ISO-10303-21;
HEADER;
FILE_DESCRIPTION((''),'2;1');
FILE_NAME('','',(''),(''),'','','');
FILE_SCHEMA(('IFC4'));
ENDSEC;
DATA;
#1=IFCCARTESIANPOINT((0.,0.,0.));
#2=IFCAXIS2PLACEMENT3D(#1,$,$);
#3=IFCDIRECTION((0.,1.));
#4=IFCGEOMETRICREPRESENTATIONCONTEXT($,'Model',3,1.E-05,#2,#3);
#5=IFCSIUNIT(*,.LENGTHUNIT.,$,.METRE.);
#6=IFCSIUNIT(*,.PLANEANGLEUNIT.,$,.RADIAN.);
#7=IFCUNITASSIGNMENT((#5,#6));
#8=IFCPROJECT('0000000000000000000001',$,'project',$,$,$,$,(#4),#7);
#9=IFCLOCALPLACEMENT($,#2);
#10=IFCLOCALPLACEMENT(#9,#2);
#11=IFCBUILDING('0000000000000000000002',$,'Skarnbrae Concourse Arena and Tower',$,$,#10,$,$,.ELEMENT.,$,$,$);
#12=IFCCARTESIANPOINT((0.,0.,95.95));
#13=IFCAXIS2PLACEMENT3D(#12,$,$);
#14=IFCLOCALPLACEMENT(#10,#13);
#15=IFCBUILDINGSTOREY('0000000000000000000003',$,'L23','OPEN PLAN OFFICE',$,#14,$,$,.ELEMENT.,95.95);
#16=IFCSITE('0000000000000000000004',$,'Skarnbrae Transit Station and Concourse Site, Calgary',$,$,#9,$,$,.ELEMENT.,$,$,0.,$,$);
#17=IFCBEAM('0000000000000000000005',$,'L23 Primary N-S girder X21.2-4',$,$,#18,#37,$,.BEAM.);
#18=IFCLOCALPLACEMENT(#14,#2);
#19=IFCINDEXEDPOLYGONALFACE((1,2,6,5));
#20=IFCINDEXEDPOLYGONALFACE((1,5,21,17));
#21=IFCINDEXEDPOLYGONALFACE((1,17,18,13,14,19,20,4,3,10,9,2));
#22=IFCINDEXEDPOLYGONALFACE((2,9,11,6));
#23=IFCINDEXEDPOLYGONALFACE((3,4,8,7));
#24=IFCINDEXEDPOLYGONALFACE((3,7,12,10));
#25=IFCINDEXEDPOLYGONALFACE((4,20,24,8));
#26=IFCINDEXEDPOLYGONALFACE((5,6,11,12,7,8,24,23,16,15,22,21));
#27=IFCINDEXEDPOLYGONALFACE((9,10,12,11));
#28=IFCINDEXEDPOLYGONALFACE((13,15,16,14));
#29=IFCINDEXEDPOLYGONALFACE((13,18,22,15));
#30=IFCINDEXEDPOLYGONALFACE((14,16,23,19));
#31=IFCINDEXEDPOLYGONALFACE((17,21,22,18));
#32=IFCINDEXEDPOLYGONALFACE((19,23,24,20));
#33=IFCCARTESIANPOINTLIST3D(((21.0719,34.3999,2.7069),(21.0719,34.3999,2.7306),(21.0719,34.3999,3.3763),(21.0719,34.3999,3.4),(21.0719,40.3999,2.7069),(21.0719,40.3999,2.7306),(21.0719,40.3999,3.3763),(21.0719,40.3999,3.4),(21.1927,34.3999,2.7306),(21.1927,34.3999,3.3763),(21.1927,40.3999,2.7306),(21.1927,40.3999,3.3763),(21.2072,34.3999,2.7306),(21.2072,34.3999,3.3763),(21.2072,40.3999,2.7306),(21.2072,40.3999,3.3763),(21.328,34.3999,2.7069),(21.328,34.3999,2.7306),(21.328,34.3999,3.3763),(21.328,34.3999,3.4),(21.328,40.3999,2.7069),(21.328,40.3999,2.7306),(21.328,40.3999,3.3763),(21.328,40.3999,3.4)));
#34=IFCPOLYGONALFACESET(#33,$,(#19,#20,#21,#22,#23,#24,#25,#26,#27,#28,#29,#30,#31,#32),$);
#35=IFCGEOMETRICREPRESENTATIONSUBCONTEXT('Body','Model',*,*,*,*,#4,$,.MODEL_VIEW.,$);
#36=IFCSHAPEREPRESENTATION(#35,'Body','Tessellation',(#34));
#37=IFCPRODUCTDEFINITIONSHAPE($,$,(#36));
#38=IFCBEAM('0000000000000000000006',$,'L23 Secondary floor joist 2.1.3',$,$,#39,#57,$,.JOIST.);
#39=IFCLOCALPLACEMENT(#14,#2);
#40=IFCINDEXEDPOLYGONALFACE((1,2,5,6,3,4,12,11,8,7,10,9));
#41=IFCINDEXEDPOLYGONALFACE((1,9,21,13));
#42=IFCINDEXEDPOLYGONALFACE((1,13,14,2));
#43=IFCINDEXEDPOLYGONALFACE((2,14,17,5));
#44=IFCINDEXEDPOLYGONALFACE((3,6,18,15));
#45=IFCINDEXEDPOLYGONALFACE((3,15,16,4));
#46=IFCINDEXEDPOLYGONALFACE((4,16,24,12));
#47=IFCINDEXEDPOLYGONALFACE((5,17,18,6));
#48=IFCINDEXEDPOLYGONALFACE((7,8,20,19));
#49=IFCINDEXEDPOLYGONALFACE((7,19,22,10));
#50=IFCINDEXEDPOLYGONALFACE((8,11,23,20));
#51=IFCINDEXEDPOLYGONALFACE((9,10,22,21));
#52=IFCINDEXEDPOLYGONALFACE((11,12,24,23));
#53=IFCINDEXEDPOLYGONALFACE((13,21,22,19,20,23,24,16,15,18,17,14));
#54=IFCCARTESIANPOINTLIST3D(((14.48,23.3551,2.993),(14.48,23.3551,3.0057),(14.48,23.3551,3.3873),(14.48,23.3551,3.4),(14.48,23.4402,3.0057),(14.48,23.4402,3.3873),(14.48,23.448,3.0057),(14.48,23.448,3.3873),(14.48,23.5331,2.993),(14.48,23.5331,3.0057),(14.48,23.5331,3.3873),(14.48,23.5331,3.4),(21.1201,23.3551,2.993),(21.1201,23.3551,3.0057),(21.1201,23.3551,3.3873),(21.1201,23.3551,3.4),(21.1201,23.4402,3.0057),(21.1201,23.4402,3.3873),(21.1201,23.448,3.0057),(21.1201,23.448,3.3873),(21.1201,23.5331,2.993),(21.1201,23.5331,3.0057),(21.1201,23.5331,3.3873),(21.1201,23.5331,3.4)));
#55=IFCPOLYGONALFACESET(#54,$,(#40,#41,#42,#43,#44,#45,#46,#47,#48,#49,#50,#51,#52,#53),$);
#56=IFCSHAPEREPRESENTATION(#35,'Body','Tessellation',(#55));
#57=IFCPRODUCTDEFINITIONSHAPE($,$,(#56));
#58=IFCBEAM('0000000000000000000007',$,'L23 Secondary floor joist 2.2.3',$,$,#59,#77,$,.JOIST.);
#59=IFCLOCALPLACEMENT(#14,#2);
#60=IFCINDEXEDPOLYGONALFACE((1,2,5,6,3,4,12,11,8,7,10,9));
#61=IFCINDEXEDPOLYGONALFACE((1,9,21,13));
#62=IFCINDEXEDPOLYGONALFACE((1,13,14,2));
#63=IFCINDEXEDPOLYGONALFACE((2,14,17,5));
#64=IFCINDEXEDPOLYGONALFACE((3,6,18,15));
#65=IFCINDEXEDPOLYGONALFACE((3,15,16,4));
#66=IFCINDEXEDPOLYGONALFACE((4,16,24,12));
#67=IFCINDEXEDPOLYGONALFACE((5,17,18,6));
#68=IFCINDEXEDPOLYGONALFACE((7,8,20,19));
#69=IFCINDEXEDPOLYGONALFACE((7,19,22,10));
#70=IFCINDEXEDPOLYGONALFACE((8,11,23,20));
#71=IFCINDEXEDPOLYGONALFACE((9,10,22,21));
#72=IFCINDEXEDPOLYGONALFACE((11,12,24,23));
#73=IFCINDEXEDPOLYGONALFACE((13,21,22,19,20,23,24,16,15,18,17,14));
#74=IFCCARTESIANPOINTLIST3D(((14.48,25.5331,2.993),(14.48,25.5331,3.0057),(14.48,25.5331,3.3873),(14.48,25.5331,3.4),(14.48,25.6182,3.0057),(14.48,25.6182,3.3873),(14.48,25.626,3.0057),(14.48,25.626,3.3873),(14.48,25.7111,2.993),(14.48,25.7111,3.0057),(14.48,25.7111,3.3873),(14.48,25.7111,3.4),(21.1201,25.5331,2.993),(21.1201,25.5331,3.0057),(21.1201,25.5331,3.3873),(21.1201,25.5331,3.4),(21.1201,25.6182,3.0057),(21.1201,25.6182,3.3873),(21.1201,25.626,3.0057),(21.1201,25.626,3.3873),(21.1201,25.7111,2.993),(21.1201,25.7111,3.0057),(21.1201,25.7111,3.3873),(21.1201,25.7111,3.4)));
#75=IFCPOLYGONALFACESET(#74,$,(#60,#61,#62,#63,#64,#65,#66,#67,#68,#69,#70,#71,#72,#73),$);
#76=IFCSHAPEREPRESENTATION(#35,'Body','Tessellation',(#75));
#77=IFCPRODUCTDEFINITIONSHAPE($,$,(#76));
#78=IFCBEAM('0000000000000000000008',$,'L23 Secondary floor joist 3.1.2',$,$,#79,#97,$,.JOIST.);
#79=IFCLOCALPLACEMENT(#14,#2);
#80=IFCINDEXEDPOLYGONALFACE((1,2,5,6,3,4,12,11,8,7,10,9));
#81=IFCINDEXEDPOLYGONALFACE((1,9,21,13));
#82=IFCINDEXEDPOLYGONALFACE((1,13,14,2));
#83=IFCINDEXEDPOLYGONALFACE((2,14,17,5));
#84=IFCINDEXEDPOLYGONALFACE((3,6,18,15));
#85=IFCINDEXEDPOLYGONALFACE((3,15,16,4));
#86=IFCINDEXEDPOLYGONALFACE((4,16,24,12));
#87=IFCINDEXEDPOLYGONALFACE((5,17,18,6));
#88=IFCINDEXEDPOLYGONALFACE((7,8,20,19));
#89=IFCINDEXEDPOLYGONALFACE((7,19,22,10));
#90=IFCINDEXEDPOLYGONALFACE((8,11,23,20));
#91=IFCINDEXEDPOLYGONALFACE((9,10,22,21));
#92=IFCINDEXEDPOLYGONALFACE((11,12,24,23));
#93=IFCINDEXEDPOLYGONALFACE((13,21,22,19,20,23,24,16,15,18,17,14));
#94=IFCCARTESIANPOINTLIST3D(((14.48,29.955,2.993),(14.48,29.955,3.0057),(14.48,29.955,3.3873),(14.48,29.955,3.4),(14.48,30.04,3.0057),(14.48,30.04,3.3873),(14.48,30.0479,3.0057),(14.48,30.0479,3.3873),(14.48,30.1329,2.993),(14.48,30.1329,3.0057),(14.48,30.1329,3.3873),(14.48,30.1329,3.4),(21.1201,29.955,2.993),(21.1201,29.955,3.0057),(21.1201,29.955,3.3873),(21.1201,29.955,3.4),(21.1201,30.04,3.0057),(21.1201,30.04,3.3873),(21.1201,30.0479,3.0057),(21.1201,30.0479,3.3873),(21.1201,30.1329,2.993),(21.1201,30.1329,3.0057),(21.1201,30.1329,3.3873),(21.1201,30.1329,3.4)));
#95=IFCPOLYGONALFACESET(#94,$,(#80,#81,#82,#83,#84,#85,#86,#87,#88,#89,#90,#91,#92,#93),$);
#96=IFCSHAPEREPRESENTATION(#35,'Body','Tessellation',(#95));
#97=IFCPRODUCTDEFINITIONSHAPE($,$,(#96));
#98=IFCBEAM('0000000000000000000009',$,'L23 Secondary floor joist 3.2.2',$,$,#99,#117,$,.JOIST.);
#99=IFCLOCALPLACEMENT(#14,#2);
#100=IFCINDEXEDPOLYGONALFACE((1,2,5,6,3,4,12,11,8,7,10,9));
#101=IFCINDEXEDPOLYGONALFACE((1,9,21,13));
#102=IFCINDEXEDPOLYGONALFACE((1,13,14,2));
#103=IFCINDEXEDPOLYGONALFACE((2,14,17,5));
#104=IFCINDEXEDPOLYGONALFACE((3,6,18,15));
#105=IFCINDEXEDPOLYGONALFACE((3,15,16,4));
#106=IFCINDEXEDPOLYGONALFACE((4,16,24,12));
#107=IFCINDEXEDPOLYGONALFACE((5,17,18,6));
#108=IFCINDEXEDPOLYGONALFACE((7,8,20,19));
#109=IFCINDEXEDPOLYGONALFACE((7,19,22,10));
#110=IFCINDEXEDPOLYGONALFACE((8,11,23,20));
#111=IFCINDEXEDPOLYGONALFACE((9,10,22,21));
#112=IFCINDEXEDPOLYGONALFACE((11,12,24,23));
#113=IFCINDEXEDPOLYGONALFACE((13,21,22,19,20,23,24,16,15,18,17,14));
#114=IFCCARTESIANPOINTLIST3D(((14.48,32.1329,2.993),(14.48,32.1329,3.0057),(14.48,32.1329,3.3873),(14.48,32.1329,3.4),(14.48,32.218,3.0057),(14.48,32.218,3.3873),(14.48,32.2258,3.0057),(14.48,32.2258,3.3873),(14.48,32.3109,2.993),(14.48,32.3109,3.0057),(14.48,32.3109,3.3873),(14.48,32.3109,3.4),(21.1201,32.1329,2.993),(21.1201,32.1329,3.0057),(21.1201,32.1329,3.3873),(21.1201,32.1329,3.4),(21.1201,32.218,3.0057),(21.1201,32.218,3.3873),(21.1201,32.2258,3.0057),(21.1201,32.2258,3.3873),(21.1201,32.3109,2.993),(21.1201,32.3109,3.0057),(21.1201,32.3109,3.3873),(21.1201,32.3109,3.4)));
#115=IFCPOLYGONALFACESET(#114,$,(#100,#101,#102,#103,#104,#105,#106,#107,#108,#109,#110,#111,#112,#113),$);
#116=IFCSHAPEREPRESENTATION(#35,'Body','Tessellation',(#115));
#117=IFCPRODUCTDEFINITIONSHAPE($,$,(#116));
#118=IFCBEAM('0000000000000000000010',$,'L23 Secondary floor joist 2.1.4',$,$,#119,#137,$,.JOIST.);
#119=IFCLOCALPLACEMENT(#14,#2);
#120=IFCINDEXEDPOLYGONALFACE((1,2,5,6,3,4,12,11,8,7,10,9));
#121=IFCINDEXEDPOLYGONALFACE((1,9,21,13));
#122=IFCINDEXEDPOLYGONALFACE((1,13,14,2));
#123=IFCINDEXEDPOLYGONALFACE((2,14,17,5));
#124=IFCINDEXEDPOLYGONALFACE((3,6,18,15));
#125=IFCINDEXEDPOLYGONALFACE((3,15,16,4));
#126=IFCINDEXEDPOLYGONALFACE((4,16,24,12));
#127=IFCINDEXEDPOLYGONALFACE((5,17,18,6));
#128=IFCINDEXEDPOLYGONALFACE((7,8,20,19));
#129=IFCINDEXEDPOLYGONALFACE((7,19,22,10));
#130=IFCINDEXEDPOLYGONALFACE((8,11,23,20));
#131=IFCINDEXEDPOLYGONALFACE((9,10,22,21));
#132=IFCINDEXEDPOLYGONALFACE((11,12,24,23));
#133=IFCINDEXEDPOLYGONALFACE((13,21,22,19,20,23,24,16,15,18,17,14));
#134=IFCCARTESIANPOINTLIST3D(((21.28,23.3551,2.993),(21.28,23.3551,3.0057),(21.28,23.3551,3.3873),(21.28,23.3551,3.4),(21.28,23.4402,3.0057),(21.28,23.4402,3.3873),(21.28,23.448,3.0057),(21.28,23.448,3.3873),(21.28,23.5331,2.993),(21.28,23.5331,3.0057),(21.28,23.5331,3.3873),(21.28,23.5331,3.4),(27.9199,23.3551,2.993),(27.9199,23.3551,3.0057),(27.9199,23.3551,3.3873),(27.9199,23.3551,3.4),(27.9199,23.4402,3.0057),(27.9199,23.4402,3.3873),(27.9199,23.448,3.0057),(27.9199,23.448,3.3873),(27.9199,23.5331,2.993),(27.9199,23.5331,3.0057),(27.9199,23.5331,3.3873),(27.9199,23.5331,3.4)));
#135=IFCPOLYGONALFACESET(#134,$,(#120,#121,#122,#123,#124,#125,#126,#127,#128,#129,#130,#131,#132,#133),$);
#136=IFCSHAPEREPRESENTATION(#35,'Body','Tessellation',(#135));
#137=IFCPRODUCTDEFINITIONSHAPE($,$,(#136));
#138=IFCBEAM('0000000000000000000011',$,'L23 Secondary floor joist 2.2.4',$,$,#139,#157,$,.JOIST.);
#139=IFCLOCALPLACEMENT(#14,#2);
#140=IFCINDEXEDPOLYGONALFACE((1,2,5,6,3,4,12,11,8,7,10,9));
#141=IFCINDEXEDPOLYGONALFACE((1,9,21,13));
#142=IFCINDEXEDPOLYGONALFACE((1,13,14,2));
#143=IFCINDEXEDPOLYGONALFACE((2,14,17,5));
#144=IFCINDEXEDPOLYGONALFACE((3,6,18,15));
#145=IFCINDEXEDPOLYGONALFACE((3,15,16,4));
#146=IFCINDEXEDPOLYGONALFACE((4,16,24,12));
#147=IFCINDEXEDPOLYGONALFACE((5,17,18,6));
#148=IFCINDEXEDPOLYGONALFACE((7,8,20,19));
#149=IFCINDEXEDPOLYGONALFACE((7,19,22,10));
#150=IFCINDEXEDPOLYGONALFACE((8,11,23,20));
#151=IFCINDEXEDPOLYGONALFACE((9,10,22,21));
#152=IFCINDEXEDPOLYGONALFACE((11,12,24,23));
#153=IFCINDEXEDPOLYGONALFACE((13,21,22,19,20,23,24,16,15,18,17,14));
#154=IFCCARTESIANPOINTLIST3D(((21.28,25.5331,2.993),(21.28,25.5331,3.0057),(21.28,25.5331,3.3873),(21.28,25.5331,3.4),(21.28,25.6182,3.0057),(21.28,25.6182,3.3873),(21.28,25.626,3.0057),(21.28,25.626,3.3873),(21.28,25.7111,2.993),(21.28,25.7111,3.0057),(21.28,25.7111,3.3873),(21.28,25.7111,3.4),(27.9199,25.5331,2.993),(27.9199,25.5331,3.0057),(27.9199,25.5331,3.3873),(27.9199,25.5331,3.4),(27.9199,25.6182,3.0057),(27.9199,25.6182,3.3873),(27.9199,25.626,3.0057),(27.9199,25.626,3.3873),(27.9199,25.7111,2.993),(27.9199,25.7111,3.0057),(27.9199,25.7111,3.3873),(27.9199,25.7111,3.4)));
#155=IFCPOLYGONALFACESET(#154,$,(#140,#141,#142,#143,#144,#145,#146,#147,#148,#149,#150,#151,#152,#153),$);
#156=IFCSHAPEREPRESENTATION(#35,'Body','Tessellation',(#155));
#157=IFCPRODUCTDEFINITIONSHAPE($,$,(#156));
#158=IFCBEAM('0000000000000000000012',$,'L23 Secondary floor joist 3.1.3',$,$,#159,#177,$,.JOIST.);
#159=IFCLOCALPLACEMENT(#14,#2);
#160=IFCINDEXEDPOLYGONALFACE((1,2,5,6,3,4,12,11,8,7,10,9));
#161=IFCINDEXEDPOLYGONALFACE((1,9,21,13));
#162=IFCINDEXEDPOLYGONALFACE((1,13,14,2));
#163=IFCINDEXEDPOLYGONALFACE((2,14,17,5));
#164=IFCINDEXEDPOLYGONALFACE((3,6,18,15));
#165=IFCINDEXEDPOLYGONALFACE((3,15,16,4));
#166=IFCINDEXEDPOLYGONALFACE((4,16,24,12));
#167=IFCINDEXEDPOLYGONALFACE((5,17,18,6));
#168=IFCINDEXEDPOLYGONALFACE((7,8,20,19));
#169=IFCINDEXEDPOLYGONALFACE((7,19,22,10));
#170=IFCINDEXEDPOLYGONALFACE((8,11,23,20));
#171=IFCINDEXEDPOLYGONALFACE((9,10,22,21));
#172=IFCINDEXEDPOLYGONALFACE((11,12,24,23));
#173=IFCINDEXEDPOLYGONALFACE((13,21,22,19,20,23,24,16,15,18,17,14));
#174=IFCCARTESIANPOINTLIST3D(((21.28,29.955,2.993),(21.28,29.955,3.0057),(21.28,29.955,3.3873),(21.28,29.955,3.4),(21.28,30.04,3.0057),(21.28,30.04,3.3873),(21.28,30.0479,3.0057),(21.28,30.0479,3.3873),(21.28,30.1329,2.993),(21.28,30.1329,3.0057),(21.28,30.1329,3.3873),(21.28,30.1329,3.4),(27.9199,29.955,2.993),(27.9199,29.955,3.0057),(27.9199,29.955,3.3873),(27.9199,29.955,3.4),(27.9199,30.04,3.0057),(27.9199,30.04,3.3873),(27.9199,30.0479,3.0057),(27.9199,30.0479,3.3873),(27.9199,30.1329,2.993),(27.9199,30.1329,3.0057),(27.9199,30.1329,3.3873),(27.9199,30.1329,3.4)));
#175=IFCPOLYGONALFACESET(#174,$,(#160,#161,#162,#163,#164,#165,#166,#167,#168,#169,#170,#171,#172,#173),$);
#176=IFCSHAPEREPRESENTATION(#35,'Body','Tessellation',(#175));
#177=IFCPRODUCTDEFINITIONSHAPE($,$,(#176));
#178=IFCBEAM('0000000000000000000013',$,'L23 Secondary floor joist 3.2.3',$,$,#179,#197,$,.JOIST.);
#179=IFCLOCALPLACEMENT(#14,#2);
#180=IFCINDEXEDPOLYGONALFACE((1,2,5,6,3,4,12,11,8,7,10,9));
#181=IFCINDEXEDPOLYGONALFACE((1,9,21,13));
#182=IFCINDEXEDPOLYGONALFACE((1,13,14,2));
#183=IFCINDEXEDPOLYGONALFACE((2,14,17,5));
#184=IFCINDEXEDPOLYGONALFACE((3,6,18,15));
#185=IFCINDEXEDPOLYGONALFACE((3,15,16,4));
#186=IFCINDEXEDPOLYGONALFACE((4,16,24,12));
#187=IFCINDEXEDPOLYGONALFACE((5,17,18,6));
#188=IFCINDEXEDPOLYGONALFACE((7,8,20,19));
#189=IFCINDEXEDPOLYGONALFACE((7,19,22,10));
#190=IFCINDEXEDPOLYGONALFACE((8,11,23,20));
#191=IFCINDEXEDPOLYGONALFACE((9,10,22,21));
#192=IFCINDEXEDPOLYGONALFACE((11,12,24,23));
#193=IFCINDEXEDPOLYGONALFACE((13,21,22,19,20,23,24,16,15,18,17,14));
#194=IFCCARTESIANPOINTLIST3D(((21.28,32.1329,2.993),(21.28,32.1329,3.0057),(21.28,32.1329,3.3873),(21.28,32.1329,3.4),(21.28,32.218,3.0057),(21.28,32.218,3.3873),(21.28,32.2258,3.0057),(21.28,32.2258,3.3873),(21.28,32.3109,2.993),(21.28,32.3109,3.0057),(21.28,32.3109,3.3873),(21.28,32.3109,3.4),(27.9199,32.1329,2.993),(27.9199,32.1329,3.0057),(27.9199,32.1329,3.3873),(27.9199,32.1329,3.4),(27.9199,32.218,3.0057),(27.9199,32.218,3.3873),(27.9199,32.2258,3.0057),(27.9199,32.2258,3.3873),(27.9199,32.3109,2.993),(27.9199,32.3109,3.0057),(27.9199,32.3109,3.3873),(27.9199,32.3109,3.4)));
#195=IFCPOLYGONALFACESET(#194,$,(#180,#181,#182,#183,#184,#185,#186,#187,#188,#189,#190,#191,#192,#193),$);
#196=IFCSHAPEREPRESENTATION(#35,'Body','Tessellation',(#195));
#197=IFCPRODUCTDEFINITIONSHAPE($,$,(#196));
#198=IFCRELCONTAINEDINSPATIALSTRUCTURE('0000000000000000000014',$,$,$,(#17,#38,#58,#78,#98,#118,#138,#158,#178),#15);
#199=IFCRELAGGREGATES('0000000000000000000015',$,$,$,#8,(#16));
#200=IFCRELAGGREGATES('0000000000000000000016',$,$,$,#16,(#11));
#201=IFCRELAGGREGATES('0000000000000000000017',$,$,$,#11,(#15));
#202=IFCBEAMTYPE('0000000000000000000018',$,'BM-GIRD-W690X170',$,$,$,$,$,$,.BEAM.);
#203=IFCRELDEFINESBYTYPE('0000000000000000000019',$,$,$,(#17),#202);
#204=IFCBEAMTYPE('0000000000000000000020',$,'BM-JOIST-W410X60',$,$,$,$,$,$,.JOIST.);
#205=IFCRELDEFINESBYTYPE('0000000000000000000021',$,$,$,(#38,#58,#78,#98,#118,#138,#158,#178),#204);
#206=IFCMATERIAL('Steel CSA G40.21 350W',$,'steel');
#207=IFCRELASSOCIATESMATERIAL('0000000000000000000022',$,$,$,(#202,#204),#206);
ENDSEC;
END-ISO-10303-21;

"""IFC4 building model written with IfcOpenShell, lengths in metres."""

from ifc_helpers import new_model, si_unit, direction, frame, origin, origin_2d, place, context, subcontext, project, spatial, i_section, extrude, source, transform, mapped, material, material_profile, profile_set, type_object, element, save


model = new_model("IFC4")

# Units and contexts
model_context = context("Model", 3, precision=1e-05, world=origin(), true_north=direction((0.0, 1.0)))
body_context = subcontext(model_context, "Body", "Model", "MODEL_VIEW")
ifc_project = project(units=[si_unit("LENGTHUNIT", "METRE"), si_unit("PLANEANGLEUNIT", "RADIAN")], contexts=[model_context])

# Site, building, storey
site_placement = place(None, origin())
site = spatial("IfcSite", under=ifc_project, at=site_placement, Name="Skarnbrae Transit Station and Concourse Site, Calgary", CompositionType="ELEMENT", RefElevation=0.0)
building_placement = place(site_placement, origin())
building = spatial("IfcBuilding", under=site, at=building_placement, Name="Skarnbrae Concourse Arena and Tower", CompositionType="ELEMENT")
storey_placement = place(building_placement, frame((0.0, 0.0, 95.95)))
storey = spatial("IfcBuildingStorey", under=building, at=storey_placement, Name="L23", Description="OPEN PLAN OFFICE", CompositionType="ELEMENT", Elevation=95.95)

# Shared definitions
ifc_material_1 = material(Name="Steel CSA G40.21 350W", Category="steel")

# Beams
ifc_material_profile_1 = material_profile(ifc_material_1, i_section(OverallWidth=0.2561, OverallDepth=0.6931, WebThickness=0.0144, FlangeThickness=0.0237, at=origin_2d()), Name="W690X170")
ifc_profile_set_1 = profile_set([ifc_material_profile_1], Name="Steel CSA G40.21 350W")
beam_type_1 = type_object("IfcBeamType", Name="BM-GIRD-W690X170", PredefinedType="BEAM", material=ifc_profile_set_1)
shared_shape_1 = source(origin(), body_context, "Body", "SweptSolid", [
    extrude(i_section(OverallWidth=0.2561, OverallDepth=0.6931, WebThickness=0.0144, FlangeThickness=0.0237, at=origin_2d()), origin(), (0.0, 0.0, 1.0), 6.0),
])
for number, where, z_axis, x_axis, name in (
    (1, (21.2, 34.3999, 3.0535), (0.0, 1.0, 0.0), (-1.0, 0.0, 0.0), "L23 Primary N-S girder X21.2-4"),
):
    element("IfcBeam", number, at=place(storey_placement, frame(where, z_axis=z_axis, x_axis=x_axis)), inside=storey, type_object=beam_type_1, Name=name, PredefinedType="BEAM", context=body_context, shape_type="MappedRepresentation", body=[
        mapped(shared_shape_1, transform((0.0, 0.0, 0.0))),
    ])
ifc_material_profile_2 = material_profile(ifc_material_1, i_section(OverallWidth=0.178, OverallDepth=0.407, WebThickness=0.0078, FlangeThickness=0.0127, at=origin_2d()), Name="W410X60")
ifc_profile_set_2 = profile_set([ifc_material_profile_2], Name="Steel CSA G40.21 350W")
beam_type_2 = type_object("IfcBeamType", Name="BM-JOIST-W410X60", PredefinedType="JOIST", material=ifc_profile_set_2)
shared_shape_2 = source(origin(), body_context, "Body", "SweptSolid", [
    extrude(i_section(OverallWidth=0.178, OverallDepth=0.407, WebThickness=0.0078, FlangeThickness=0.0127, at=origin_2d()), origin(), (0.0, 0.0, 1.0), 6.6401),
])
for number, where, z_axis, x_axis, name in (
    (2, (14.48, 23.4441, 3.1965), (1.0, 0.0, 0.0), (0.0, 1.0, 0.0), "L23 Secondary floor joist 2.1.3"),
    (3, (14.48, 25.6221, 3.1965), (1.0, 0.0, 0.0), (0.0, 1.0, 0.0), "L23 Secondary floor joist 2.2.3"),
    (4, (14.48, 30.0439, 3.1965), (1.0, 0.0, 0.0), (0.0, 1.0, 0.0), "L23 Secondary floor joist 3.1.2"),
    (5, (14.48, 32.2219, 3.1965), (1.0, 0.0, 0.0), (0.0, 1.0, 0.0), "L23 Secondary floor joist 3.2.2"),
):
    element("IfcBeam", number, at=place(storey_placement, frame(where, z_axis=z_axis, x_axis=x_axis)), inside=storey, type_object=beam_type_2, Name=name, PredefinedType="JOIST", context=body_context, shape_type="MappedRepresentation", body=[
        mapped(shared_shape_2, transform((0.0, 0.0, 0.0))),
    ])
shared_shape_3 = source(origin(), body_context, "Body", "SweptSolid", [
    extrude(i_section(OverallWidth=0.178, OverallDepth=0.407, WebThickness=0.0078, FlangeThickness=0.0127, at=origin_2d()), origin(), (0.0, 0.0, 1.0), 6.6399),
])
for number, where, z_axis, x_axis, name in (
    (6, (21.28, 23.4441, 3.1965), (1.0, 0.0, 0.0), (0.0, 1.0, 0.0), "L23 Secondary floor joist 2.1.4"),
    (7, (21.28, 25.6221, 3.1965), (1.0, 0.0, 0.0), (0.0, 1.0, 0.0), "L23 Secondary floor joist 2.2.4"),
    (8, (21.28, 30.0439, 3.1965), (1.0, 0.0, 0.0), (0.0, 1.0, 0.0), "L23 Secondary floor joist 3.1.3"),
    (9, (21.28, 32.2219, 3.1965), (1.0, 0.0, 0.0), (0.0, 1.0, 0.0), "L23 Secondary floor joist 3.2.3"),
):
    element("IfcBeam", number, at=place(storey_placement, frame(where, z_axis=z_axis, x_axis=x_axis)), inside=storey, type_object=beam_type_2, Name=name, PredefinedType="JOIST", context=body_context, shape_type="MappedRepresentation", body=[
        mapped(shared_shape_3, transform((0.0, 0.0, 0.0))),
    ])

save(model, "model.ifc")
